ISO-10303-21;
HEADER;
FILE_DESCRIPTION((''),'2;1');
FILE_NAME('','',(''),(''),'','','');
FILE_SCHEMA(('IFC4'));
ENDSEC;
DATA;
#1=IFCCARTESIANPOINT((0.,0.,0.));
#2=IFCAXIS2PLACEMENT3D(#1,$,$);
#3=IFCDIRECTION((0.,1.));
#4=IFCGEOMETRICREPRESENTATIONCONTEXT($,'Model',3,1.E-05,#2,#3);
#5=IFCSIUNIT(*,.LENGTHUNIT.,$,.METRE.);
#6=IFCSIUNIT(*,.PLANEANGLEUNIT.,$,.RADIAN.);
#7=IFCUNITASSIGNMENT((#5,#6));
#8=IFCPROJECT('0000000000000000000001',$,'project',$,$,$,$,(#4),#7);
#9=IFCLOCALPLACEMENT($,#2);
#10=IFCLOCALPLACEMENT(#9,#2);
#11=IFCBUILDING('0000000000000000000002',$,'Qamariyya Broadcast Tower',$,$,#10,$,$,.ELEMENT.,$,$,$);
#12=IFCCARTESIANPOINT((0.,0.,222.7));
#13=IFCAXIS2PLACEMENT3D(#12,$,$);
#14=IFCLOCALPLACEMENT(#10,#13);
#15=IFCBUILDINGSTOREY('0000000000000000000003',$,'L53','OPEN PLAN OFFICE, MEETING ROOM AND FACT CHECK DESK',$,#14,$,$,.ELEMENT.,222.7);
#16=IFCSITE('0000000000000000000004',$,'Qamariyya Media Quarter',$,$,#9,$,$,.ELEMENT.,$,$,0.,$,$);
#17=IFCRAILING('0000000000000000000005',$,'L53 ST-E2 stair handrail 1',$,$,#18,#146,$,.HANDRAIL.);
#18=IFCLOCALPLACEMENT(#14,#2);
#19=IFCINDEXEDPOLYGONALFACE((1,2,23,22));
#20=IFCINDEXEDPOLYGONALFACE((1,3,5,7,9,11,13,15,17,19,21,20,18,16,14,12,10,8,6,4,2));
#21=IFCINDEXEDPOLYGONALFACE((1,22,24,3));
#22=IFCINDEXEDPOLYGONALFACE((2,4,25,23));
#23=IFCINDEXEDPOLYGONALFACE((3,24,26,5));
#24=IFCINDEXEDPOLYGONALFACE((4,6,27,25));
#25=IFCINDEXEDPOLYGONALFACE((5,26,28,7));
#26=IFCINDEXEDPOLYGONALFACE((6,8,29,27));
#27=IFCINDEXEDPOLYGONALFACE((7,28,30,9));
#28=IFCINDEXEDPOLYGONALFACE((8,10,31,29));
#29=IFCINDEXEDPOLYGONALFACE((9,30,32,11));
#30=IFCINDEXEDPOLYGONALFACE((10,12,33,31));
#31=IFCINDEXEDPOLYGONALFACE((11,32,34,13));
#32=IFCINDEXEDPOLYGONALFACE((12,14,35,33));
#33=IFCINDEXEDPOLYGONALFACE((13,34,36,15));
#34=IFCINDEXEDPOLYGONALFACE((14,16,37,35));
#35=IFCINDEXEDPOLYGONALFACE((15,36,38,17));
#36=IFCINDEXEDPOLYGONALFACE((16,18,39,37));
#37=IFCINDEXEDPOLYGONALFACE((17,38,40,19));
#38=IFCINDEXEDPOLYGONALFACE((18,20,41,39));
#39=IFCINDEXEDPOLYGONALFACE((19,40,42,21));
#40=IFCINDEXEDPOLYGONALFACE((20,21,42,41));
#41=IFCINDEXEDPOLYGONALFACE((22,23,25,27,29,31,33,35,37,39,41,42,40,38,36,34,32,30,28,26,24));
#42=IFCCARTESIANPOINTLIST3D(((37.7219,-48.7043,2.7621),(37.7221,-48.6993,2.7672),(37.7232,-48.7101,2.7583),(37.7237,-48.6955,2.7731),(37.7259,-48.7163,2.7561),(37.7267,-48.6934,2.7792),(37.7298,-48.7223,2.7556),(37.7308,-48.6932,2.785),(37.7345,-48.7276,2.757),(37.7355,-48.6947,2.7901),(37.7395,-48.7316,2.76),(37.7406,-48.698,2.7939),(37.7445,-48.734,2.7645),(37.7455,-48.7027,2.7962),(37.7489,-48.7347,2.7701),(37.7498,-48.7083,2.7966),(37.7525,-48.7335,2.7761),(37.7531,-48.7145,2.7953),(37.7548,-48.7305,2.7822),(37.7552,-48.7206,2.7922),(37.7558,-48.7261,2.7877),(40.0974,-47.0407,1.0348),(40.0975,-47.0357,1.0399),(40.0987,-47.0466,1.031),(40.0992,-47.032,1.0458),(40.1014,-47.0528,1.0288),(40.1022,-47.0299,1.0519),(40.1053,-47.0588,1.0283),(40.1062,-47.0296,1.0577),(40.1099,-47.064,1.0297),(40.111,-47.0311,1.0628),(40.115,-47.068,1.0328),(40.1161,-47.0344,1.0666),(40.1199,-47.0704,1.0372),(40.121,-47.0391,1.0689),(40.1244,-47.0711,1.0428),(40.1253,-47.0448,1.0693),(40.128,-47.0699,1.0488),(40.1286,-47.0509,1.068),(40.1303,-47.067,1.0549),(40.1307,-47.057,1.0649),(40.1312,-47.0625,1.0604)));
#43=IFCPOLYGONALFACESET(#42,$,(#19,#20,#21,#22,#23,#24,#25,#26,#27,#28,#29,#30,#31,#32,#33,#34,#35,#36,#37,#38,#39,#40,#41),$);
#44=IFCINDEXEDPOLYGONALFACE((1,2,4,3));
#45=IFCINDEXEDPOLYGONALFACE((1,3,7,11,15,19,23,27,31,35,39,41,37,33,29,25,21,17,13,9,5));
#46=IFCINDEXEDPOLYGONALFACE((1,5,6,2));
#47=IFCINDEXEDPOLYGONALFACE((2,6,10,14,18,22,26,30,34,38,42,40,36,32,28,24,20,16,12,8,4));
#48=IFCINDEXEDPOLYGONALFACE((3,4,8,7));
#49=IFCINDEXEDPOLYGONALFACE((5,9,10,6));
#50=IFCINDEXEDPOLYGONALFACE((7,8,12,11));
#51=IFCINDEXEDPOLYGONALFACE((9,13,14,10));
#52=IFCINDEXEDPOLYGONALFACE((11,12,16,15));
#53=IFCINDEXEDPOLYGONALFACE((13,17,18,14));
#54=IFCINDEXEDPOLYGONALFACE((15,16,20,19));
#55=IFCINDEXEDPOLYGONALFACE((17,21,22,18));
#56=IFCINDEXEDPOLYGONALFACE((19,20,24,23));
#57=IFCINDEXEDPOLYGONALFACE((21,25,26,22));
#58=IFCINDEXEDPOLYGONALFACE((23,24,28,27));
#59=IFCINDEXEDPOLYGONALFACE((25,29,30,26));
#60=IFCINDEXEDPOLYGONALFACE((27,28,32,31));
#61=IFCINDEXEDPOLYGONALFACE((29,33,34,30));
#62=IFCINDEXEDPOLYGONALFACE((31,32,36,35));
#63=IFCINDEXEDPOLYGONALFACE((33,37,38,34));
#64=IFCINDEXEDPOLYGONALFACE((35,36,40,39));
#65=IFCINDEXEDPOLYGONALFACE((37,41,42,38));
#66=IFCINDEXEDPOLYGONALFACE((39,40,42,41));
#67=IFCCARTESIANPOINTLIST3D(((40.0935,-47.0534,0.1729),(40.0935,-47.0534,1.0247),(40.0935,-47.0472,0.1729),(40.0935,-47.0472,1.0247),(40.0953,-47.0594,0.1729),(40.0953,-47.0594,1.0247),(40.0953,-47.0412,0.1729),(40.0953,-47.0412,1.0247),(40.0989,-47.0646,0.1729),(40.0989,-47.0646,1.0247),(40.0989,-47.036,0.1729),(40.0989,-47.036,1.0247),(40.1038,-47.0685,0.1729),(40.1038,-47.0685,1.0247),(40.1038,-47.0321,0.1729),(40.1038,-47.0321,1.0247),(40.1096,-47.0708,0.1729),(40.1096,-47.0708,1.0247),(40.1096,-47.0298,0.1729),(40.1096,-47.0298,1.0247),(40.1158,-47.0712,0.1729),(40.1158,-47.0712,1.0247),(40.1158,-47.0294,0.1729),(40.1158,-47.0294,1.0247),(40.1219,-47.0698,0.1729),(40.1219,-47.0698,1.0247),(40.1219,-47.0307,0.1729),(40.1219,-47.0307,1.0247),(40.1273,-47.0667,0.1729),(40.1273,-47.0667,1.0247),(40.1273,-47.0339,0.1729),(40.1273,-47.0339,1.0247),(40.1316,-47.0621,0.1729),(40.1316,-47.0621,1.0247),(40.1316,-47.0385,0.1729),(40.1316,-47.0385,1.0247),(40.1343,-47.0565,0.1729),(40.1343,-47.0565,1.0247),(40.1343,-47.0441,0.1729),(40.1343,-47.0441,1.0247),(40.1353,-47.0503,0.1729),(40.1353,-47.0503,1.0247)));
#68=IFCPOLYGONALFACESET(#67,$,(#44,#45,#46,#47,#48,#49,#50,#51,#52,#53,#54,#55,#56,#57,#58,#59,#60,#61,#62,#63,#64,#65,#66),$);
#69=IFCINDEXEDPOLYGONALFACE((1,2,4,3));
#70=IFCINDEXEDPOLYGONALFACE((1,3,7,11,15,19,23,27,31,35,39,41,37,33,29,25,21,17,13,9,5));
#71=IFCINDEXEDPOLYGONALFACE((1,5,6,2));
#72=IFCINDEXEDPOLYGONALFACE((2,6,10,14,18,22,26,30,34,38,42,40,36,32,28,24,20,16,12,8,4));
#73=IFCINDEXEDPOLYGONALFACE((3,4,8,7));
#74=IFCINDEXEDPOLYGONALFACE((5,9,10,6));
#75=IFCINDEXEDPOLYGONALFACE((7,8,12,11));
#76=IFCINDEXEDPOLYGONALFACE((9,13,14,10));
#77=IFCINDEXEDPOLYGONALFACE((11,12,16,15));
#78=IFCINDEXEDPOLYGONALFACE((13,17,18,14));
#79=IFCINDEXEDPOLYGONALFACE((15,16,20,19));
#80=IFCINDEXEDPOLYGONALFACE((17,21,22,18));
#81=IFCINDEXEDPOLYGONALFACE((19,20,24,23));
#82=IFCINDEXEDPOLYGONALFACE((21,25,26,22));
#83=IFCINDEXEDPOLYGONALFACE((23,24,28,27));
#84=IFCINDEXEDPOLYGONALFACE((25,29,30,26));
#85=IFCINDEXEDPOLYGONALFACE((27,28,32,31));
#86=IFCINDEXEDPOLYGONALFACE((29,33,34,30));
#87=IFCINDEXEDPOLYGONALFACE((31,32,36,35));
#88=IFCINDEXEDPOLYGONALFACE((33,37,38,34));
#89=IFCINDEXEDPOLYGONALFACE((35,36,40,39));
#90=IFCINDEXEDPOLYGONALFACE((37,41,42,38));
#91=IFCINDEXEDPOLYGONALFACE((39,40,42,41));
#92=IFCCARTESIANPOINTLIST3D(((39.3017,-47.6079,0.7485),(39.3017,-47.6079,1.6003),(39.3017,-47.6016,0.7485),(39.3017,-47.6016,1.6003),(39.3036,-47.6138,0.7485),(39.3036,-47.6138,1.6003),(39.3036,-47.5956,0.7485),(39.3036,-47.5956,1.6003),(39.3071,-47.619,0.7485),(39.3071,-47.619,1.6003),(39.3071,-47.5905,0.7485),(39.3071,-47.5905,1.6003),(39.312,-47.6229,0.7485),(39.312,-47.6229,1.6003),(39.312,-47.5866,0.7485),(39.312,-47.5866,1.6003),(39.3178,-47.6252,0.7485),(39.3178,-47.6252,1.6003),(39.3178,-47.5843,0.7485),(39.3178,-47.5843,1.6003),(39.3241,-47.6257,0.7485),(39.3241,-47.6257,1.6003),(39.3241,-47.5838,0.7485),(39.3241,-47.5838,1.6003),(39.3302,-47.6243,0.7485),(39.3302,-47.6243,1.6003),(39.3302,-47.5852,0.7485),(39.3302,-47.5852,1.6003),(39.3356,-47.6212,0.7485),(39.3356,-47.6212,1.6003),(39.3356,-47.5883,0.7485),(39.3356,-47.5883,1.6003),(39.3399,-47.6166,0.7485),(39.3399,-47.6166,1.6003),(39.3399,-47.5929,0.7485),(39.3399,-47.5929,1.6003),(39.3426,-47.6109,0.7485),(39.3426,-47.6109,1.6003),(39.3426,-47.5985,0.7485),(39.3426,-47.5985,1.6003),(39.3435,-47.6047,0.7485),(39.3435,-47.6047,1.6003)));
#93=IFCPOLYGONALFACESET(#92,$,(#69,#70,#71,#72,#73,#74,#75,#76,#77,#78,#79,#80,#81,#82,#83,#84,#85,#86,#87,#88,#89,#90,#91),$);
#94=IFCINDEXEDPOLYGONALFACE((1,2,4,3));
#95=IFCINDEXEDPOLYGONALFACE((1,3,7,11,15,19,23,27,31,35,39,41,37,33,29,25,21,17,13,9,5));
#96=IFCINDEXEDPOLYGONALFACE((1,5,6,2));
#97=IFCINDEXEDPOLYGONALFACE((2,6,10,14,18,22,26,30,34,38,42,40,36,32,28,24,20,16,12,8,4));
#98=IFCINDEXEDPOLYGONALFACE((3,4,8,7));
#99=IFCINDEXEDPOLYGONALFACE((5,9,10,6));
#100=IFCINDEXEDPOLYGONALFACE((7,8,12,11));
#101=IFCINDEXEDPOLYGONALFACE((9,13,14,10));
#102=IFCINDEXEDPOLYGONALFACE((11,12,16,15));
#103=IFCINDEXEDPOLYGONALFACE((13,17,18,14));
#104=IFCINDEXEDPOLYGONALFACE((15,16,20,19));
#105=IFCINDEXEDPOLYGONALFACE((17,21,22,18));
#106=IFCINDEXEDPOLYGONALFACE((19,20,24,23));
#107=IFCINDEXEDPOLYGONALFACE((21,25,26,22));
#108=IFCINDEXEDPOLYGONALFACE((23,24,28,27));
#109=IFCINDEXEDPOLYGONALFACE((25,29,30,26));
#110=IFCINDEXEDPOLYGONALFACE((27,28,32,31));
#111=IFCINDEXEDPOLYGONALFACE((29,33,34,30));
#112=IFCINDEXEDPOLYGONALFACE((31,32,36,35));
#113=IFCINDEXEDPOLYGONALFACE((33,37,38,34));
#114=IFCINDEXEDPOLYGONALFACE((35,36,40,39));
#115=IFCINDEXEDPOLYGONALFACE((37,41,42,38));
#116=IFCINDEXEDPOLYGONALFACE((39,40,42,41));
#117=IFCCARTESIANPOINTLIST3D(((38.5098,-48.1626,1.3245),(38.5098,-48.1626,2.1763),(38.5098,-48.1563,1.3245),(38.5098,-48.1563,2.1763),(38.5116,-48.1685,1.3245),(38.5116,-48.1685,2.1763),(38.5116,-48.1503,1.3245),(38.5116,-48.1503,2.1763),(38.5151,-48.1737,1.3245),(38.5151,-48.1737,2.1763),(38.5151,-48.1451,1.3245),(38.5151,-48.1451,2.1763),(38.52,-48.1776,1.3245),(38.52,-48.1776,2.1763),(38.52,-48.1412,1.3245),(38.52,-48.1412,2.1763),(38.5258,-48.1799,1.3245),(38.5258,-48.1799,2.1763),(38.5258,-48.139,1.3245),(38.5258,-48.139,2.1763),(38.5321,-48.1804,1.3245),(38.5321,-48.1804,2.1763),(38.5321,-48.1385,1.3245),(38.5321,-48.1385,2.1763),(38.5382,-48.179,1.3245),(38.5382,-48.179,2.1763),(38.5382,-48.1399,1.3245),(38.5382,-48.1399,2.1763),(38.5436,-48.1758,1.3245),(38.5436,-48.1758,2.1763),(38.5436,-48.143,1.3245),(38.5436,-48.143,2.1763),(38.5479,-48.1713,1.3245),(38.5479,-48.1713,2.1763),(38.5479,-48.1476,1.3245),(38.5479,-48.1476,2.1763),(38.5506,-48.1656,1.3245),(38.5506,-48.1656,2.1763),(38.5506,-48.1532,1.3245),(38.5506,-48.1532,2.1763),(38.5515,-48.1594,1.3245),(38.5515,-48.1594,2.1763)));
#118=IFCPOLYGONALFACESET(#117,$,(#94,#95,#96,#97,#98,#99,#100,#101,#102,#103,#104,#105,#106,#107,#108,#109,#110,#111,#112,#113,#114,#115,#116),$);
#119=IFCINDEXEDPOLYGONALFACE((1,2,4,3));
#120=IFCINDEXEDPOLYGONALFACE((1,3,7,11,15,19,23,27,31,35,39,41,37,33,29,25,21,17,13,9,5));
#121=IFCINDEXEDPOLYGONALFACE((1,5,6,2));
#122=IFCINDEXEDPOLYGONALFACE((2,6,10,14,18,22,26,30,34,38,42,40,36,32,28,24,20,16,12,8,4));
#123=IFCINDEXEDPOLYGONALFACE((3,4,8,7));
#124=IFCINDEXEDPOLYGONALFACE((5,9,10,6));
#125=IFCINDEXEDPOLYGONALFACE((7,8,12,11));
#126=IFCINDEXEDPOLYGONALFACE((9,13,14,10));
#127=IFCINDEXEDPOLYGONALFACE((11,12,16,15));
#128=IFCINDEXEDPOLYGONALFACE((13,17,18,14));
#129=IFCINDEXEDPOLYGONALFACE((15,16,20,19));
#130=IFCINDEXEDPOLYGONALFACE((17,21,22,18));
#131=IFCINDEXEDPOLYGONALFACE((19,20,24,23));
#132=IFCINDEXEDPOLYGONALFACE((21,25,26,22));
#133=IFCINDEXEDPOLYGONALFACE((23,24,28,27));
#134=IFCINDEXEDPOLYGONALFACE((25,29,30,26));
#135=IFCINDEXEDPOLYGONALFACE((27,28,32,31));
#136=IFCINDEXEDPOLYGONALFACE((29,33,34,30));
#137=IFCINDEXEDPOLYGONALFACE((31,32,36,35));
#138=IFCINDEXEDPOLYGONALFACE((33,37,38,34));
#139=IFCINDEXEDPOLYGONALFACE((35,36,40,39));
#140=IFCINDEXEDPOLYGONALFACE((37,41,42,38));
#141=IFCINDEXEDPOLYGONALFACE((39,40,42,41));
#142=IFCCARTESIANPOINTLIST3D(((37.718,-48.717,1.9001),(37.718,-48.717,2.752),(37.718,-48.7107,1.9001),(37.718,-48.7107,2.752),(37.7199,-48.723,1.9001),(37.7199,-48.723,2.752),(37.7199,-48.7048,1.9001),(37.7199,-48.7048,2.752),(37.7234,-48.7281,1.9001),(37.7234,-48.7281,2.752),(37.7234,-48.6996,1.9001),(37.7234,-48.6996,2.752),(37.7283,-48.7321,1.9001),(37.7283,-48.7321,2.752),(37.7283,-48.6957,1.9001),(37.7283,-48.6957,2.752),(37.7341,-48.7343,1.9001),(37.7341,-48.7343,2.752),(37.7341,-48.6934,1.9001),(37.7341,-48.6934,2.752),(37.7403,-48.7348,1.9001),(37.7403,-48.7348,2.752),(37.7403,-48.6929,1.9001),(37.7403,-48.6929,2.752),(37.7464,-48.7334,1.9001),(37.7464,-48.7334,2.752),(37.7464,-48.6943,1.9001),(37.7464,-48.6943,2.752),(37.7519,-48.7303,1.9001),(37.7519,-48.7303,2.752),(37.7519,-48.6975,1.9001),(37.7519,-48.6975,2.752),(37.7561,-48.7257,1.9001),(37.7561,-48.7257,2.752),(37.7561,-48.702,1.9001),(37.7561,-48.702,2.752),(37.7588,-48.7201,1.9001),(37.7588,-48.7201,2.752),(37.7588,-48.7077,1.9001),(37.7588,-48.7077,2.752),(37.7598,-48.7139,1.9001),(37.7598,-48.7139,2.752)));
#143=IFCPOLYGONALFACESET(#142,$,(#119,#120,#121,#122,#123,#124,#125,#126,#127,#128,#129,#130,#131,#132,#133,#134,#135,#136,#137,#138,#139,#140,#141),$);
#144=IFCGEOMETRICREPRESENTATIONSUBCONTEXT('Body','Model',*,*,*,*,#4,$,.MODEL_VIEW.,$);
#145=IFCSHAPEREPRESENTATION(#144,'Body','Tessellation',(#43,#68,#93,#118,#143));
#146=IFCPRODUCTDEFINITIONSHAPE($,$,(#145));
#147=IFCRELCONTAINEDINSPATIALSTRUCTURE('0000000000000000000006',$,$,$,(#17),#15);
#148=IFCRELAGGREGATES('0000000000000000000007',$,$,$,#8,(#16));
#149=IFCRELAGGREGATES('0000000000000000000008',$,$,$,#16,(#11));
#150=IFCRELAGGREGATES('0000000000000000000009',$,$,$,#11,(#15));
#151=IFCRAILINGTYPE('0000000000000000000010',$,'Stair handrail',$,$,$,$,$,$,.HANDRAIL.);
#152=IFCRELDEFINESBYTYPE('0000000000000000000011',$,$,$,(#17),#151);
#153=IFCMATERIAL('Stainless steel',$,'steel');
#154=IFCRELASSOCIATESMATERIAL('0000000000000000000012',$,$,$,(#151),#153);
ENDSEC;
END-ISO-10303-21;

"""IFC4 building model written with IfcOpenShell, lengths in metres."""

from ifc_helpers import new_model, si_unit, direction, frame, origin, origin_2d, place, context, subcontext, project, spatial, circle, extrude, material, type_object, element, save


model = new_model("IFC4")

# Units and contexts
model_context = context("Model", 3, precision=1e-05, world=origin(), true_north=direction((0.0, 1.0)))
body_context = subcontext(model_context, "Body", "Model", "MODEL_VIEW")
ifc_project = project(units=[si_unit("LENGTHUNIT", "METRE"), si_unit("PLANEANGLEUNIT", "RADIAN")], contexts=[model_context])

# Site, building, storey
site_placement = place(None, origin())
site = spatial("IfcSite", under=ifc_project, at=site_placement, Name="Qamariyya Media Quarter", CompositionType="ELEMENT", RefElevation=0.0)
building_placement = place(site_placement, origin())
building = spatial("IfcBuilding", under=site, at=building_placement, Name="Qamariyya Broadcast Tower", CompositionType="ELEMENT")
storey_placement = place(building_placement, frame((0.0, 0.0, 222.7)))
storey = spatial("IfcBuildingStorey", under=building, at=storey_placement, Name="L53", Description="OPEN PLAN OFFICE, MEETING ROOM AND FACT CHECK DESK", CompositionType="ELEMENT", Elevation=222.7)

# Railing
ifc_material_1 = material(Name="Stainless steel", Category="steel")
railing_type_1 = type_object("IfcRailingType", Name="Stair handrail", PredefinedType="HANDRAIL", material=ifc_material_1)
railing_1_placement = place(storey_placement, frame((40.1143, -47.0503, 0.1729)))
element("IfcRailing", 1, at=railing_1_placement, inside=storey, type_object=railing_type_1, Name="L53 ST-E2 stair handrail 1", PredefinedType="HANDRAIL", context=body_context, shape_type="SweptSolid", body=[
    extrude(circle(Radius=0.0239, at=origin_2d()), frame((0.0, 0.0, 0.876), z_axis=(-0.703745, -0.492838, 0.511716), x_axis=(0.573632, -0.819113, 0.0)), (0.0, 0.0, 1.0), 3.3755),
    extrude(circle(Radius=0.021, at=origin_2d()), origin(), (0.0, 0.0, 1.0), 0.8518),
    extrude(circle(Radius=0.021, at=origin_2d()), frame((-0.7917, -0.5544, 0.5757)), (0.0, 0.0, 1.0), 0.8518),
    extrude(circle(Radius=0.021, at=origin_2d()), frame((-1.5837, -1.1091, 1.1516)), (0.0, 0.0, 1.0), 0.8518),
    extrude(circle(Radius=0.021, at=origin_2d()), frame((-2.3755, -1.6636, 1.7273)), (0.0, 0.0, 1.0), 0.8518),
])

save(model, "model.ifc")
